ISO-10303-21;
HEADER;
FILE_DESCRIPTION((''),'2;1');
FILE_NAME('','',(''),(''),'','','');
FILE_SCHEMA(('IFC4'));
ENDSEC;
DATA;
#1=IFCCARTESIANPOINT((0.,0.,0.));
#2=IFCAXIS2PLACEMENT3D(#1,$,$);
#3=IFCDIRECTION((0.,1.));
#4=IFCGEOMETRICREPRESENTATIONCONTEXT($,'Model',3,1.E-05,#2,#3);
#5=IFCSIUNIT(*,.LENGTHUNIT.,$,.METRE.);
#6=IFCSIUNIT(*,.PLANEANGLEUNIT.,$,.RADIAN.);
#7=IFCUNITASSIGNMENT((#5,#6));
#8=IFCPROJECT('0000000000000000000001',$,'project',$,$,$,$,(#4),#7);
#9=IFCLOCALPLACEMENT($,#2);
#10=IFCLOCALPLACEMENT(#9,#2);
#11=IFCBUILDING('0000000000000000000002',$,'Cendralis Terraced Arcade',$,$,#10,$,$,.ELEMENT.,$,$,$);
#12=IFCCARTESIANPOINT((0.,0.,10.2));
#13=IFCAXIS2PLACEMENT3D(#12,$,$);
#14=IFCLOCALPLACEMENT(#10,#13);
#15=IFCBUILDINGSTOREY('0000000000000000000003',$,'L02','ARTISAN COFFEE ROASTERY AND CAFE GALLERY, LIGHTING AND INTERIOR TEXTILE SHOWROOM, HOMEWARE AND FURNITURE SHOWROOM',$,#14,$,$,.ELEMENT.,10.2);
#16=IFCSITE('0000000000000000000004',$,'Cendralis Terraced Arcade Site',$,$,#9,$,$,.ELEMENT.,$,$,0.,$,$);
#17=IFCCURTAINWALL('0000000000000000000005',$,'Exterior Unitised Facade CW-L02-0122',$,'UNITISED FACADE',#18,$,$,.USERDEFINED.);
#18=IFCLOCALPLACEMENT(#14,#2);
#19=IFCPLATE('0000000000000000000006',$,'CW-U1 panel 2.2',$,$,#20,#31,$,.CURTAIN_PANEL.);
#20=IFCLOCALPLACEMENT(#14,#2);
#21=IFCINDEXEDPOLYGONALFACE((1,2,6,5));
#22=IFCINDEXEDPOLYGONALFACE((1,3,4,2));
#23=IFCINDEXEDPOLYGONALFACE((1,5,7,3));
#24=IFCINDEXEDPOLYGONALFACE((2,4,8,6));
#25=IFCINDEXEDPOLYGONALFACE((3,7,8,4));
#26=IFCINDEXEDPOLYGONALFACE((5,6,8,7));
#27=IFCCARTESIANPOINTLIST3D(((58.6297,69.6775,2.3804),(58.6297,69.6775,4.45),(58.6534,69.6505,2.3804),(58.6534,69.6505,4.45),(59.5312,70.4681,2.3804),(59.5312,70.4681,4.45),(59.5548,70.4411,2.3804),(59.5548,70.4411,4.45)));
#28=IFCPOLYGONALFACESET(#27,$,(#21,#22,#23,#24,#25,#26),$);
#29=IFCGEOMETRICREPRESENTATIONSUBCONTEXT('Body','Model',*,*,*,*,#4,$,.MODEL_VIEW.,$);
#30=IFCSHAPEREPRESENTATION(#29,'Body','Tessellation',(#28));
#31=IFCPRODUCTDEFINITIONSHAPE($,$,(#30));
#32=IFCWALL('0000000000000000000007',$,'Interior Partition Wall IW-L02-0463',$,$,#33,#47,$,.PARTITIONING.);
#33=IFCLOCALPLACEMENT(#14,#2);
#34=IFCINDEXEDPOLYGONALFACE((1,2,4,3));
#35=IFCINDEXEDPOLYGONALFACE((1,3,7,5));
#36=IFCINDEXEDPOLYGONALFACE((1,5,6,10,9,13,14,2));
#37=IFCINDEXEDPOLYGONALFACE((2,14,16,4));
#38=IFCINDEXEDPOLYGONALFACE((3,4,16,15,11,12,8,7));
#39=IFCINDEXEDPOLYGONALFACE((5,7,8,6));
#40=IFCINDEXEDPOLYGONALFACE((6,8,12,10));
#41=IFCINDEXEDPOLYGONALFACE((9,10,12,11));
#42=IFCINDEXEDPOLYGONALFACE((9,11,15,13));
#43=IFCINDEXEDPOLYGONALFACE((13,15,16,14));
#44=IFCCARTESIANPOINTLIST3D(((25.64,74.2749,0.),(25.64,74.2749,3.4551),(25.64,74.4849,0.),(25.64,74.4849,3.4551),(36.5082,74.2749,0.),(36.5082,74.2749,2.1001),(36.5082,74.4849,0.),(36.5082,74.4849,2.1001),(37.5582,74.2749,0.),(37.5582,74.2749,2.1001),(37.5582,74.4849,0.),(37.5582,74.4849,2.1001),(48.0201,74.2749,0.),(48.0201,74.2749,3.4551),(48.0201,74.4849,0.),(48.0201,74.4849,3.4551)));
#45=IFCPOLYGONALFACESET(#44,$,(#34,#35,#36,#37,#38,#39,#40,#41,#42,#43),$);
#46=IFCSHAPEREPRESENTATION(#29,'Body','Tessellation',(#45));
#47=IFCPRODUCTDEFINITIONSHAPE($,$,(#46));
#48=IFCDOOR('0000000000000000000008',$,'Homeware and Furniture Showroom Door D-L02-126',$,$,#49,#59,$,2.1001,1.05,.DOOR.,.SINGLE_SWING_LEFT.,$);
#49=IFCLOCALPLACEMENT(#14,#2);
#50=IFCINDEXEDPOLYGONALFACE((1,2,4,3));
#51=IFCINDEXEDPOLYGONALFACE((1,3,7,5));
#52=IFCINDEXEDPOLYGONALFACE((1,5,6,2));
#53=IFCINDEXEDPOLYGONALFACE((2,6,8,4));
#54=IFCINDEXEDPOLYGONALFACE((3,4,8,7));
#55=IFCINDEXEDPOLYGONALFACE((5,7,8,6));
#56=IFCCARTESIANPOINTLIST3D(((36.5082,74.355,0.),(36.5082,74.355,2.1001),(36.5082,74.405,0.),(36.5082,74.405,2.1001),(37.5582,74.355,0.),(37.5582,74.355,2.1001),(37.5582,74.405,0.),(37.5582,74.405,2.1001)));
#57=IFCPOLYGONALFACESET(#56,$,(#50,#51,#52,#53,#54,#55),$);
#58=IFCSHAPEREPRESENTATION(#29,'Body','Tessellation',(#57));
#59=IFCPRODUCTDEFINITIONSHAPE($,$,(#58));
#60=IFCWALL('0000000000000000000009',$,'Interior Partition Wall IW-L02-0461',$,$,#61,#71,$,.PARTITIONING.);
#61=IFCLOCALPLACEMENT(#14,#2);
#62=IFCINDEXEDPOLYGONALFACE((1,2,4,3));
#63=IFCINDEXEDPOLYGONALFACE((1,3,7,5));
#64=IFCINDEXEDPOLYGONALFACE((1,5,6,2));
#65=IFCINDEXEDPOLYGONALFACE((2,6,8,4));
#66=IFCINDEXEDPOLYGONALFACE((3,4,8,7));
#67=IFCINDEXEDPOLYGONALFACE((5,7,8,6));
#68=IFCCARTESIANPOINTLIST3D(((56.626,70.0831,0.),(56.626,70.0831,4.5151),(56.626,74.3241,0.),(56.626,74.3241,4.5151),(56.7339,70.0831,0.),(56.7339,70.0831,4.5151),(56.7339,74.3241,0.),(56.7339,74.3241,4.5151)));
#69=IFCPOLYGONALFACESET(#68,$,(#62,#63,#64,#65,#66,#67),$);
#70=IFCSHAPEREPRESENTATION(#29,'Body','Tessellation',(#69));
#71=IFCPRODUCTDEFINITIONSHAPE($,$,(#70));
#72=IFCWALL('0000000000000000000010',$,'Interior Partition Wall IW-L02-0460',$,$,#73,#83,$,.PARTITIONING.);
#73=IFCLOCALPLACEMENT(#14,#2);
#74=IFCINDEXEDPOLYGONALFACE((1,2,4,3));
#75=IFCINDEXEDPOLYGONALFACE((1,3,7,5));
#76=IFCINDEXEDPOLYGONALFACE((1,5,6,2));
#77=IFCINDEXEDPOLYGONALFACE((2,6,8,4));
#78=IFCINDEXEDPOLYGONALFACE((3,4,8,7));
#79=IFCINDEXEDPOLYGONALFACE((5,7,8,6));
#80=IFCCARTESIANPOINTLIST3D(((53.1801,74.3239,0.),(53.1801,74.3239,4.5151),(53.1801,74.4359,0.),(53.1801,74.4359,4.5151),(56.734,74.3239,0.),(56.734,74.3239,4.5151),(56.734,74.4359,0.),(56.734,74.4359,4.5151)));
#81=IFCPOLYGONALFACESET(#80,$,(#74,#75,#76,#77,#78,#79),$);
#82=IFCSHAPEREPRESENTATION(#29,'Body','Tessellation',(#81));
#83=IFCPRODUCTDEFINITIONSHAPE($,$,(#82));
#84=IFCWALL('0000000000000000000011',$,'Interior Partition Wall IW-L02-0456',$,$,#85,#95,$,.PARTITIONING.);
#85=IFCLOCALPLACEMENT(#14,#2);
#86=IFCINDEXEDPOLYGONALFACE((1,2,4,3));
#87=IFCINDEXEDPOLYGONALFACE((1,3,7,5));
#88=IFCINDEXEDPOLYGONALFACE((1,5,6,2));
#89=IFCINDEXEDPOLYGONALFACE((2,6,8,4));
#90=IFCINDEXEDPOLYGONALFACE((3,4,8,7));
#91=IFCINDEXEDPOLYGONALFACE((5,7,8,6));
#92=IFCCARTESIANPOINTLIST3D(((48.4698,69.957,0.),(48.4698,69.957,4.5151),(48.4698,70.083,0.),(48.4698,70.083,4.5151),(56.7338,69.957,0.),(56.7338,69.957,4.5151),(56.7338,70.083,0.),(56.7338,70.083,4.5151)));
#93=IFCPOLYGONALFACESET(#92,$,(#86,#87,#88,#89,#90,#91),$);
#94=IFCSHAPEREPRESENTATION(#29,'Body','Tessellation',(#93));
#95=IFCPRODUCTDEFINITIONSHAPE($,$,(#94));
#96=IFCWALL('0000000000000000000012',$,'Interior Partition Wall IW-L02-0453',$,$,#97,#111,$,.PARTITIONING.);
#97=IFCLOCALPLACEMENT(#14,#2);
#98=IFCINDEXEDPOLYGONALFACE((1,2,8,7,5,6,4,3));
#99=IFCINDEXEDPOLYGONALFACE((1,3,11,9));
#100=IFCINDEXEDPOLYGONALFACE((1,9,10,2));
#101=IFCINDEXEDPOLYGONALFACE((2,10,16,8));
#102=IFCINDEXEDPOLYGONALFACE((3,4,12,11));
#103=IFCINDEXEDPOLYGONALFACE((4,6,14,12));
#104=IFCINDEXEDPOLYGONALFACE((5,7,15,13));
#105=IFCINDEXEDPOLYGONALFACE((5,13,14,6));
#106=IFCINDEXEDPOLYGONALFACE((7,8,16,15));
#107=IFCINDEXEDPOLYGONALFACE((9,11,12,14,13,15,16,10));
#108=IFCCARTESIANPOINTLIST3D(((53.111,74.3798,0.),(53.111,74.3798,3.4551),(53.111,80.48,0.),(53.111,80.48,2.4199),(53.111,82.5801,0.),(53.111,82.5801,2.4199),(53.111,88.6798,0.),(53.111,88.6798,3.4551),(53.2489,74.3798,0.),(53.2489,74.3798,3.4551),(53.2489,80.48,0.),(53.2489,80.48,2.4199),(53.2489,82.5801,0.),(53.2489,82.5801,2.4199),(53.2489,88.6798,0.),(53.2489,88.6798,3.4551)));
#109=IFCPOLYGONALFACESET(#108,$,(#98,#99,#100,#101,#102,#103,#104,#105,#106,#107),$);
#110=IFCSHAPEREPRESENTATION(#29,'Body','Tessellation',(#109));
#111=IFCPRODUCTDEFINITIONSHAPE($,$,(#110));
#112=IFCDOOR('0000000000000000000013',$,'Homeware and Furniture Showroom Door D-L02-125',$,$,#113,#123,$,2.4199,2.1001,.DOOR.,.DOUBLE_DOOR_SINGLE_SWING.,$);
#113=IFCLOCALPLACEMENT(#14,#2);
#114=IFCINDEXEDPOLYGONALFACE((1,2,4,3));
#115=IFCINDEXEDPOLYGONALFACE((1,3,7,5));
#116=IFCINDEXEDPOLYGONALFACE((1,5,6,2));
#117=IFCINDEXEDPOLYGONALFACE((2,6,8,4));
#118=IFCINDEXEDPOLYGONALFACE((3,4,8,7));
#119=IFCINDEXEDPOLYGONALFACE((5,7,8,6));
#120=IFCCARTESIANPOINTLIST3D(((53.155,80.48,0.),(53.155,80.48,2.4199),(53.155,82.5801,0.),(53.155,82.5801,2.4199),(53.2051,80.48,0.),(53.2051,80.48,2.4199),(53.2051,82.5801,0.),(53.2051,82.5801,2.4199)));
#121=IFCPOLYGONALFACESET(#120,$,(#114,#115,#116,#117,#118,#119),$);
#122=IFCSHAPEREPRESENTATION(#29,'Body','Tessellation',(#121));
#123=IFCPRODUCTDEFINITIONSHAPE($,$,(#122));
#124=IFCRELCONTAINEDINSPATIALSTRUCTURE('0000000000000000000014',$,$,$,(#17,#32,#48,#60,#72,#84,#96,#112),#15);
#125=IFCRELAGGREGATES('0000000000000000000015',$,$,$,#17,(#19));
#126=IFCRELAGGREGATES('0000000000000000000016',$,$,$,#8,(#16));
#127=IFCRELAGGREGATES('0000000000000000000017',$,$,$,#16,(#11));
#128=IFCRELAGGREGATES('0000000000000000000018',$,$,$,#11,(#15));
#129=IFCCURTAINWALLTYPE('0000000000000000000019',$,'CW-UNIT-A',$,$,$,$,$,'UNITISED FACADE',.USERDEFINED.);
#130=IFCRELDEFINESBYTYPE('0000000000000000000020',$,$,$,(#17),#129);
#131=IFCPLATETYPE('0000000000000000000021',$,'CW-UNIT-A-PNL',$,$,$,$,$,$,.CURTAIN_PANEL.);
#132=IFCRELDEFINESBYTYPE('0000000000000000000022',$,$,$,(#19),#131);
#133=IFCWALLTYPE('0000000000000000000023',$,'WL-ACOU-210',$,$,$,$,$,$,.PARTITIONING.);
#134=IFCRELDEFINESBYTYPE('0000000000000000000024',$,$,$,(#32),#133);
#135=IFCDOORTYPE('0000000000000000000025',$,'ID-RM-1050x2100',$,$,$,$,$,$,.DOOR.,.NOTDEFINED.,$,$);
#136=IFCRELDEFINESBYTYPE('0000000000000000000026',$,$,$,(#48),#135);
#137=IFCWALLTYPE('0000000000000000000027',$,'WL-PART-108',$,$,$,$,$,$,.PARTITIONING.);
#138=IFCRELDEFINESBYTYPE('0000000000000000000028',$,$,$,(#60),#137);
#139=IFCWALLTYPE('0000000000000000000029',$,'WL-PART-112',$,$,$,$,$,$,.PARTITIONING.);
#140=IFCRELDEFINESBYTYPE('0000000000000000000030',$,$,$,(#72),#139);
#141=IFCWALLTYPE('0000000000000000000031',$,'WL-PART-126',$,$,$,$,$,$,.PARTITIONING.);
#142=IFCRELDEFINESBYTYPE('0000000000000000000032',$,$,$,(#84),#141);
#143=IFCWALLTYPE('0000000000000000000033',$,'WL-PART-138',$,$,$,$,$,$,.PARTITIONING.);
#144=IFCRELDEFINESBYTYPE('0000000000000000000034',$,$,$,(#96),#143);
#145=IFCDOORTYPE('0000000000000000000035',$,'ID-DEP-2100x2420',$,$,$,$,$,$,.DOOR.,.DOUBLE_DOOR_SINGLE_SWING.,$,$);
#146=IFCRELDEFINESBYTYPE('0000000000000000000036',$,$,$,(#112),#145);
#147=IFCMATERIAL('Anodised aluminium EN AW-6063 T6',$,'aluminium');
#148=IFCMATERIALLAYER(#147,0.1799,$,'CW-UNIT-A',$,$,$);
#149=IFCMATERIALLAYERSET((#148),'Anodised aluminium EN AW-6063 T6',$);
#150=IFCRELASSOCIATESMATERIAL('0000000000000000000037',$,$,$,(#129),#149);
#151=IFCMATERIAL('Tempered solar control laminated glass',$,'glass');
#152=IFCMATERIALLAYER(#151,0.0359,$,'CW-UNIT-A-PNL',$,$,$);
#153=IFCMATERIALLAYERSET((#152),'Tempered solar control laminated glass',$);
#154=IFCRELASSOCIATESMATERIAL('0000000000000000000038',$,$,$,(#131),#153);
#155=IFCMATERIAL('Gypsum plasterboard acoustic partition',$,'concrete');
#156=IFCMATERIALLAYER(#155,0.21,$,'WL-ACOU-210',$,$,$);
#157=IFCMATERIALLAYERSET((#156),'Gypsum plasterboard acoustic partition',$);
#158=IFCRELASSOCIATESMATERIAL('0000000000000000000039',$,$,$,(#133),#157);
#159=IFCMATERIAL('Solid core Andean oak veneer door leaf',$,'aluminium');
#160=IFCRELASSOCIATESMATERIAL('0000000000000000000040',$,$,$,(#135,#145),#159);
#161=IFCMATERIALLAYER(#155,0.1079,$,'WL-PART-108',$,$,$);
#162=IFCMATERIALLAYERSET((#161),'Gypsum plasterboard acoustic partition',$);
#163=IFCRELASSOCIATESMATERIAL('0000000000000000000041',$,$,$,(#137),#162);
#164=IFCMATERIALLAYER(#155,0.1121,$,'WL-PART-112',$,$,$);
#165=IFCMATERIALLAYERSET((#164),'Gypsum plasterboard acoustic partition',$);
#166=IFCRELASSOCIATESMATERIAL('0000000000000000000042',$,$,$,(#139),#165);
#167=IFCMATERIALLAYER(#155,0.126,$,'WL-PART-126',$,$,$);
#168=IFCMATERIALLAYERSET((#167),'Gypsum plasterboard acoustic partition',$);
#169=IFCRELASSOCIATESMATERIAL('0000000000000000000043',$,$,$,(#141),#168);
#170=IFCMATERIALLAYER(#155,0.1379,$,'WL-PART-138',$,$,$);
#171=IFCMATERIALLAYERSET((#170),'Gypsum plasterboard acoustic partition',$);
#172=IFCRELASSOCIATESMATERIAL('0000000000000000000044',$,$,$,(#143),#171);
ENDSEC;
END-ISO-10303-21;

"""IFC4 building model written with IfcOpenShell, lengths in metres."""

from ifc_helpers import new_model, si_unit, direction, frame, frame_2d, origin, origin_2d, place, context, subcontext, project, spatial, rectangle, extrude, material, layer, layer_set, type_object, element, fill, aggregate, save


model = new_model("IFC4")

# Units and contexts
model_context = context("Model", 3, precision=1e-05, world=origin(), true_north=direction((0.0, 1.0)))
body_context = subcontext(model_context, "Body", "Model", "MODEL_VIEW")
ifc_project = project(units=[si_unit("LENGTHUNIT", "METRE"), si_unit("PLANEANGLEUNIT", "RADIAN")], contexts=[model_context])

# Site, building, storey
site_placement = place(None, origin())
site = spatial("IfcSite", under=ifc_project, at=site_placement, Name="Cendralis Terraced Arcade Site", CompositionType="ELEMENT", RefElevation=0.0)
building_placement = place(site_placement, origin())
building = spatial("IfcBuilding", under=site, at=building_placement, Name="Cendralis Terraced Arcade", CompositionType="ELEMENT")
storey_placement = place(building_placement, frame((0.0, 0.0, 10.2)))
storey = spatial("IfcBuildingStorey", under=building, at=storey_placement, Name="L02", Description="ARTISAN COFFEE ROASTERY AND CAFE GALLERY, LIGHTING AND INTERIOR TEXTILE SHOWROOM, HOMEWARE AND FURNITURE SHOWROOM", CompositionType="ELEMENT", Elevation=10.2)

# Shared definitions
ifc_material_1 = material(Name="Anodised aluminium EN AW-6063 T6", Category="aluminium")
ifc_layer_1 = layer(ifc_material_1, 0.1799, Name="CW-UNIT-A")
ifc_layer_set_1 = layer_set([ifc_layer_1], Name="Anodised aluminium EN AW-6063 T6")
curtain_wall_type = type_object("IfcCurtainWallType", Name="CW-UNIT-A", ElementType="UNITISED FACADE", PredefinedType="USERDEFINED", material=ifc_layer_set_1)

# Curtain wall, plate
curtain_wall_1_placement = place(storey_placement, origin())
curtain_wall_1 = element("IfcCurtainWall", 1, at=curtain_wall_1_placement, inside=storey, type_object=curtain_wall_type, Name="Exterior Unitised Facade CW-L02-0122", ObjectType="UNITISED FACADE", PredefinedType="USERDEFINED")
ifc_material_2 = material(Name="Tempered solar control laminated glass", Category="glass")
ifc_layer_2 = layer(ifc_material_2, 0.0359, Name="CW-UNIT-A-PNL")
ifc_layer_set_2 = layer_set([ifc_layer_2], Name="Tempered solar control laminated glass")
plate_type = type_object("IfcPlateType", Name="CW-UNIT-A-PNL", PredefinedType="CURTAIN_PANEL", material=ifc_layer_set_2)
plate_1_placement = place(storey_placement, frame((59.0923, 70.0593, 2.3804), z_axis=(0.0, 0.0, 1.0), x_axis=(-0.751816, -0.659372, 0.0)))
plate_1 = element("IfcPlate", 2, at=plate_1_placement, type_object=plate_type, Name="CW-U1 panel 2.2", PredefinedType="CURTAIN_PANEL", context=body_context, shape_type="SweptSolid", body=[
    extrude(rectangle(XDim=1.199, YDim=0.0359, at=origin_2d()), origin(), (0.0, 0.0, 1.0), 2.0696),
])
aggregate(curtain_wall_1, [plate_1])

# Wall, opening, door
ifc_material_3 = material(Name="Gypsum plasterboard acoustic partition", Category="concrete")
ifc_layer_3 = layer(ifc_material_3, 0.21, Name="WL-ACOU-210")
ifc_layer_set_3 = layer_set([ifc_layer_3], Name="Gypsum plasterboard acoustic partition")
wall_type_1 = type_object("IfcWallType", Name="WL-ACOU-210", PredefinedType="PARTITIONING", material=ifc_layer_set_3)
wall_1_placement = place(storey_placement, frame((48.02, 74.3799, 0.0), z_axis=(0.0, 0.0, 1.0), x_axis=(-1.0, 0.0, 0.0)))
wall_1 = element("IfcWall", 3, at=wall_1_placement, inside=storey, type_object=wall_type_1, Name="Interior Partition Wall IW-L02-0463", PredefinedType="PARTITIONING", context=body_context, shape_type="SweptSolid", body=[
    extrude(rectangle(XDim=22.3801, YDim=0.21, at=frame_2d((11.1899, 0.0))), origin(), (0.0, 0.0, 1.0), 3.4551),
])
opening_1_placement = place(wall_1_placement, frame((10.4619, 0.0, 0.0)))
opening_1 = element("IfcOpeningElement", 4, at=opening_1_placement, cuts=wall_1, PredefinedType="OPENING", context=body_context, shape_type="SweptSolid", body=[
    extrude(rectangle(XDim=1.05, YDim=2.1001, at=frame_2d((0.5249, 1.05))), frame((0.0, 0.1169, 0.0), z_axis=(0.0, -1.0, 0.0), x_axis=(1.0, 0.0, 0.0)), (0.0, 0.0, 1.0), 0.2339),
])
ifc_material_4 = material(Name="Solid core Andean oak veneer door leaf", Category="aluminium")
door_type_1 = type_object("IfcDoorType", Name="ID-RM-1050x2100", OperationType="NOTDEFINED", PredefinedType="DOOR", material=ifc_material_4)
door_1_placement = place(opening_1_placement, origin())
door_1 = element("IfcDoor", 5, at=door_1_placement, inside=storey, type_object=door_type_1, Name="Homeware and Furniture Showroom Door D-L02-126", OperationType="SINGLE_SWING_LEFT", OverallHeight=2.1001, OverallWidth=1.05, PredefinedType="DOOR", context=body_context, shape_type="SweptSolid", body=[
    extrude(rectangle(XDim=1.05, YDim=2.1001, at=frame_2d((0.5249, 1.05))), frame((0.0, 0.0249, 0.0), z_axis=(0.0, -1.0, 0.0), x_axis=(1.0, 0.0, 0.0)), (0.0, 0.0, 1.0), 0.05),
])
fill(opening_1, door_1)

# Walls
ifc_layer_4 = layer(ifc_material_3, 0.1079, Name="WL-PART-108")
ifc_layer_set_4 = layer_set([ifc_layer_4], Name="Gypsum plasterboard acoustic partition")
wall_type_2 = type_object("IfcWallType", Name="WL-PART-108", PredefinedType="PARTITIONING", material=ifc_layer_set_4)
wall_2_placement = place(storey_placement, frame((56.6799, 70.083, 0.0), z_axis=(0.0, 0.0, 1.0), x_axis=(0.0, 1.0, 0.0)))
element("IfcWall", 6, at=wall_2_placement, inside=storey, type_object=wall_type_2, Name="Interior Partition Wall IW-L02-0461", PredefinedType="PARTITIONING", context=body_context, shape_type="SweptSolid", body=[
    extrude(rectangle(XDim=4.241, YDim=0.1079, at=frame_2d((2.1206, 0.0))), origin(), (0.0, 0.0, 1.0), 4.5151),
])
ifc_layer_5 = layer(ifc_material_3, 0.1121, Name="WL-PART-112")
ifc_layer_set_5 = layer_set([ifc_layer_5], Name="Gypsum plasterboard acoustic partition")
wall_type_3 = type_object("IfcWallType", Name="WL-PART-112", PredefinedType="PARTITIONING", material=ifc_layer_set_5)
wall_3_placement = place(storey_placement, frame((56.7339, 74.3799, 0.0), z_axis=(0.0, 0.0, 1.0), x_axis=(-1.0, 0.0, 0.0)))
element("IfcWall", 7, at=wall_3_placement, inside=storey, type_object=wall_type_3, Name="Interior Partition Wall IW-L02-0460", PredefinedType="PARTITIONING", context=body_context, shape_type="SweptSolid", body=[
    extrude(rectangle(XDim=3.554, YDim=0.1121, at=frame_2d((1.7769, 0.0))), origin(), (0.0, 0.0, 1.0), 4.5151),
])
ifc_layer_6 = layer(ifc_material_3, 0.126, Name="WL-PART-126")
ifc_layer_set_6 = layer_set([ifc_layer_6], Name="Gypsum plasterboard acoustic partition")
wall_type_4 = type_object("IfcWallType", Name="WL-PART-126", PredefinedType="PARTITIONING", material=ifc_layer_set_6)
wall_4_placement = place(storey_placement, frame((48.47, 70.02, 0.0), z_axis=(0.0, 0.0, 1.0), x_axis=(1.0, 0.0, 0.0)))
element("IfcWall", 8, at=wall_4_placement, inside=storey, type_object=wall_type_4, Name="Interior Partition Wall IW-L02-0456", PredefinedType="PARTITIONING", context=body_context, shape_type="SweptSolid", body=[
    extrude(rectangle(XDim=8.2639, YDim=0.126, at=frame_2d((4.1318, 0.0))), origin(), (0.0, 0.0, 1.0), 4.5151),
])

# Wall, opening, door
ifc_layer_7 = layer(ifc_material_3, 0.1379, Name="WL-PART-138")
ifc_layer_set_7 = layer_set([ifc_layer_7], Name="Gypsum plasterboard acoustic partition")
wall_type_5 = type_object("IfcWallType", Name="WL-PART-138", PredefinedType="PARTITIONING", material=ifc_layer_set_7)
wall_5_placement = place(storey_placement, frame((53.1799, 74.3799, 0.0), z_axis=(0.0, 0.0, 1.0), x_axis=(0.0, 1.0, 0.0)))
wall_5 = element("IfcWall", 9, at=wall_5_placement, inside=storey, type_object=wall_type_5, Name="Interior Partition Wall IW-L02-0453", PredefinedType="PARTITIONING", context=body_context, shape_type="SweptSolid", body=[
    extrude(rectangle(XDim=14.3, YDim=0.1379, at=frame_2d((7.1499, 0.0))), origin(), (0.0, 0.0, 1.0), 3.4551),
])
opening_2_placement = place(wall_5_placement, frame((6.1001, 0.0, 0.0)))
opening_2 = element("IfcOpeningElement", 10, at=opening_2_placement, cuts=wall_5, PredefinedType="OPENING", context=body_context, shape_type="SweptSolid", body=[
    extrude(rectangle(XDim=2.1001, YDim=2.4199, at=frame_2d((1.05, 1.21))), frame((0.0, 0.0811, 0.0), z_axis=(0.0, -1.0, 0.0), x_axis=(1.0, 0.0, 0.0)), (0.0, 0.0, 1.0), 0.1619),
])
door_type_2 = type_object("IfcDoorType", Name="ID-DEP-2100x2420", OperationType="DOUBLE_DOOR_SINGLE_SWING", PredefinedType="DOOR", material=ifc_material_4)
door_2_placement = place(opening_2_placement, origin())
door_2 = element("IfcDoor", 11, at=door_2_placement, inside=storey, type_object=door_type_2, Name="Homeware and Furniture Showroom Door D-L02-125", OperationType="DOUBLE_DOOR_SINGLE_SWING", OverallHeight=2.4199, OverallWidth=2.1001, PredefinedType="DOOR", context=body_context, shape_type="SweptSolid", body=[
    extrude(rectangle(XDim=2.1001, YDim=2.4199, at=frame_2d((1.05, 1.21))), frame((0.0, 0.0249, 0.0), z_axis=(0.0, -1.0, 0.0), x_axis=(1.0, 0.0, 0.0)), (0.0, 0.0, 1.0), 0.05),
])
fill(opening_2, door_2)

save(model, "model.ifc")
